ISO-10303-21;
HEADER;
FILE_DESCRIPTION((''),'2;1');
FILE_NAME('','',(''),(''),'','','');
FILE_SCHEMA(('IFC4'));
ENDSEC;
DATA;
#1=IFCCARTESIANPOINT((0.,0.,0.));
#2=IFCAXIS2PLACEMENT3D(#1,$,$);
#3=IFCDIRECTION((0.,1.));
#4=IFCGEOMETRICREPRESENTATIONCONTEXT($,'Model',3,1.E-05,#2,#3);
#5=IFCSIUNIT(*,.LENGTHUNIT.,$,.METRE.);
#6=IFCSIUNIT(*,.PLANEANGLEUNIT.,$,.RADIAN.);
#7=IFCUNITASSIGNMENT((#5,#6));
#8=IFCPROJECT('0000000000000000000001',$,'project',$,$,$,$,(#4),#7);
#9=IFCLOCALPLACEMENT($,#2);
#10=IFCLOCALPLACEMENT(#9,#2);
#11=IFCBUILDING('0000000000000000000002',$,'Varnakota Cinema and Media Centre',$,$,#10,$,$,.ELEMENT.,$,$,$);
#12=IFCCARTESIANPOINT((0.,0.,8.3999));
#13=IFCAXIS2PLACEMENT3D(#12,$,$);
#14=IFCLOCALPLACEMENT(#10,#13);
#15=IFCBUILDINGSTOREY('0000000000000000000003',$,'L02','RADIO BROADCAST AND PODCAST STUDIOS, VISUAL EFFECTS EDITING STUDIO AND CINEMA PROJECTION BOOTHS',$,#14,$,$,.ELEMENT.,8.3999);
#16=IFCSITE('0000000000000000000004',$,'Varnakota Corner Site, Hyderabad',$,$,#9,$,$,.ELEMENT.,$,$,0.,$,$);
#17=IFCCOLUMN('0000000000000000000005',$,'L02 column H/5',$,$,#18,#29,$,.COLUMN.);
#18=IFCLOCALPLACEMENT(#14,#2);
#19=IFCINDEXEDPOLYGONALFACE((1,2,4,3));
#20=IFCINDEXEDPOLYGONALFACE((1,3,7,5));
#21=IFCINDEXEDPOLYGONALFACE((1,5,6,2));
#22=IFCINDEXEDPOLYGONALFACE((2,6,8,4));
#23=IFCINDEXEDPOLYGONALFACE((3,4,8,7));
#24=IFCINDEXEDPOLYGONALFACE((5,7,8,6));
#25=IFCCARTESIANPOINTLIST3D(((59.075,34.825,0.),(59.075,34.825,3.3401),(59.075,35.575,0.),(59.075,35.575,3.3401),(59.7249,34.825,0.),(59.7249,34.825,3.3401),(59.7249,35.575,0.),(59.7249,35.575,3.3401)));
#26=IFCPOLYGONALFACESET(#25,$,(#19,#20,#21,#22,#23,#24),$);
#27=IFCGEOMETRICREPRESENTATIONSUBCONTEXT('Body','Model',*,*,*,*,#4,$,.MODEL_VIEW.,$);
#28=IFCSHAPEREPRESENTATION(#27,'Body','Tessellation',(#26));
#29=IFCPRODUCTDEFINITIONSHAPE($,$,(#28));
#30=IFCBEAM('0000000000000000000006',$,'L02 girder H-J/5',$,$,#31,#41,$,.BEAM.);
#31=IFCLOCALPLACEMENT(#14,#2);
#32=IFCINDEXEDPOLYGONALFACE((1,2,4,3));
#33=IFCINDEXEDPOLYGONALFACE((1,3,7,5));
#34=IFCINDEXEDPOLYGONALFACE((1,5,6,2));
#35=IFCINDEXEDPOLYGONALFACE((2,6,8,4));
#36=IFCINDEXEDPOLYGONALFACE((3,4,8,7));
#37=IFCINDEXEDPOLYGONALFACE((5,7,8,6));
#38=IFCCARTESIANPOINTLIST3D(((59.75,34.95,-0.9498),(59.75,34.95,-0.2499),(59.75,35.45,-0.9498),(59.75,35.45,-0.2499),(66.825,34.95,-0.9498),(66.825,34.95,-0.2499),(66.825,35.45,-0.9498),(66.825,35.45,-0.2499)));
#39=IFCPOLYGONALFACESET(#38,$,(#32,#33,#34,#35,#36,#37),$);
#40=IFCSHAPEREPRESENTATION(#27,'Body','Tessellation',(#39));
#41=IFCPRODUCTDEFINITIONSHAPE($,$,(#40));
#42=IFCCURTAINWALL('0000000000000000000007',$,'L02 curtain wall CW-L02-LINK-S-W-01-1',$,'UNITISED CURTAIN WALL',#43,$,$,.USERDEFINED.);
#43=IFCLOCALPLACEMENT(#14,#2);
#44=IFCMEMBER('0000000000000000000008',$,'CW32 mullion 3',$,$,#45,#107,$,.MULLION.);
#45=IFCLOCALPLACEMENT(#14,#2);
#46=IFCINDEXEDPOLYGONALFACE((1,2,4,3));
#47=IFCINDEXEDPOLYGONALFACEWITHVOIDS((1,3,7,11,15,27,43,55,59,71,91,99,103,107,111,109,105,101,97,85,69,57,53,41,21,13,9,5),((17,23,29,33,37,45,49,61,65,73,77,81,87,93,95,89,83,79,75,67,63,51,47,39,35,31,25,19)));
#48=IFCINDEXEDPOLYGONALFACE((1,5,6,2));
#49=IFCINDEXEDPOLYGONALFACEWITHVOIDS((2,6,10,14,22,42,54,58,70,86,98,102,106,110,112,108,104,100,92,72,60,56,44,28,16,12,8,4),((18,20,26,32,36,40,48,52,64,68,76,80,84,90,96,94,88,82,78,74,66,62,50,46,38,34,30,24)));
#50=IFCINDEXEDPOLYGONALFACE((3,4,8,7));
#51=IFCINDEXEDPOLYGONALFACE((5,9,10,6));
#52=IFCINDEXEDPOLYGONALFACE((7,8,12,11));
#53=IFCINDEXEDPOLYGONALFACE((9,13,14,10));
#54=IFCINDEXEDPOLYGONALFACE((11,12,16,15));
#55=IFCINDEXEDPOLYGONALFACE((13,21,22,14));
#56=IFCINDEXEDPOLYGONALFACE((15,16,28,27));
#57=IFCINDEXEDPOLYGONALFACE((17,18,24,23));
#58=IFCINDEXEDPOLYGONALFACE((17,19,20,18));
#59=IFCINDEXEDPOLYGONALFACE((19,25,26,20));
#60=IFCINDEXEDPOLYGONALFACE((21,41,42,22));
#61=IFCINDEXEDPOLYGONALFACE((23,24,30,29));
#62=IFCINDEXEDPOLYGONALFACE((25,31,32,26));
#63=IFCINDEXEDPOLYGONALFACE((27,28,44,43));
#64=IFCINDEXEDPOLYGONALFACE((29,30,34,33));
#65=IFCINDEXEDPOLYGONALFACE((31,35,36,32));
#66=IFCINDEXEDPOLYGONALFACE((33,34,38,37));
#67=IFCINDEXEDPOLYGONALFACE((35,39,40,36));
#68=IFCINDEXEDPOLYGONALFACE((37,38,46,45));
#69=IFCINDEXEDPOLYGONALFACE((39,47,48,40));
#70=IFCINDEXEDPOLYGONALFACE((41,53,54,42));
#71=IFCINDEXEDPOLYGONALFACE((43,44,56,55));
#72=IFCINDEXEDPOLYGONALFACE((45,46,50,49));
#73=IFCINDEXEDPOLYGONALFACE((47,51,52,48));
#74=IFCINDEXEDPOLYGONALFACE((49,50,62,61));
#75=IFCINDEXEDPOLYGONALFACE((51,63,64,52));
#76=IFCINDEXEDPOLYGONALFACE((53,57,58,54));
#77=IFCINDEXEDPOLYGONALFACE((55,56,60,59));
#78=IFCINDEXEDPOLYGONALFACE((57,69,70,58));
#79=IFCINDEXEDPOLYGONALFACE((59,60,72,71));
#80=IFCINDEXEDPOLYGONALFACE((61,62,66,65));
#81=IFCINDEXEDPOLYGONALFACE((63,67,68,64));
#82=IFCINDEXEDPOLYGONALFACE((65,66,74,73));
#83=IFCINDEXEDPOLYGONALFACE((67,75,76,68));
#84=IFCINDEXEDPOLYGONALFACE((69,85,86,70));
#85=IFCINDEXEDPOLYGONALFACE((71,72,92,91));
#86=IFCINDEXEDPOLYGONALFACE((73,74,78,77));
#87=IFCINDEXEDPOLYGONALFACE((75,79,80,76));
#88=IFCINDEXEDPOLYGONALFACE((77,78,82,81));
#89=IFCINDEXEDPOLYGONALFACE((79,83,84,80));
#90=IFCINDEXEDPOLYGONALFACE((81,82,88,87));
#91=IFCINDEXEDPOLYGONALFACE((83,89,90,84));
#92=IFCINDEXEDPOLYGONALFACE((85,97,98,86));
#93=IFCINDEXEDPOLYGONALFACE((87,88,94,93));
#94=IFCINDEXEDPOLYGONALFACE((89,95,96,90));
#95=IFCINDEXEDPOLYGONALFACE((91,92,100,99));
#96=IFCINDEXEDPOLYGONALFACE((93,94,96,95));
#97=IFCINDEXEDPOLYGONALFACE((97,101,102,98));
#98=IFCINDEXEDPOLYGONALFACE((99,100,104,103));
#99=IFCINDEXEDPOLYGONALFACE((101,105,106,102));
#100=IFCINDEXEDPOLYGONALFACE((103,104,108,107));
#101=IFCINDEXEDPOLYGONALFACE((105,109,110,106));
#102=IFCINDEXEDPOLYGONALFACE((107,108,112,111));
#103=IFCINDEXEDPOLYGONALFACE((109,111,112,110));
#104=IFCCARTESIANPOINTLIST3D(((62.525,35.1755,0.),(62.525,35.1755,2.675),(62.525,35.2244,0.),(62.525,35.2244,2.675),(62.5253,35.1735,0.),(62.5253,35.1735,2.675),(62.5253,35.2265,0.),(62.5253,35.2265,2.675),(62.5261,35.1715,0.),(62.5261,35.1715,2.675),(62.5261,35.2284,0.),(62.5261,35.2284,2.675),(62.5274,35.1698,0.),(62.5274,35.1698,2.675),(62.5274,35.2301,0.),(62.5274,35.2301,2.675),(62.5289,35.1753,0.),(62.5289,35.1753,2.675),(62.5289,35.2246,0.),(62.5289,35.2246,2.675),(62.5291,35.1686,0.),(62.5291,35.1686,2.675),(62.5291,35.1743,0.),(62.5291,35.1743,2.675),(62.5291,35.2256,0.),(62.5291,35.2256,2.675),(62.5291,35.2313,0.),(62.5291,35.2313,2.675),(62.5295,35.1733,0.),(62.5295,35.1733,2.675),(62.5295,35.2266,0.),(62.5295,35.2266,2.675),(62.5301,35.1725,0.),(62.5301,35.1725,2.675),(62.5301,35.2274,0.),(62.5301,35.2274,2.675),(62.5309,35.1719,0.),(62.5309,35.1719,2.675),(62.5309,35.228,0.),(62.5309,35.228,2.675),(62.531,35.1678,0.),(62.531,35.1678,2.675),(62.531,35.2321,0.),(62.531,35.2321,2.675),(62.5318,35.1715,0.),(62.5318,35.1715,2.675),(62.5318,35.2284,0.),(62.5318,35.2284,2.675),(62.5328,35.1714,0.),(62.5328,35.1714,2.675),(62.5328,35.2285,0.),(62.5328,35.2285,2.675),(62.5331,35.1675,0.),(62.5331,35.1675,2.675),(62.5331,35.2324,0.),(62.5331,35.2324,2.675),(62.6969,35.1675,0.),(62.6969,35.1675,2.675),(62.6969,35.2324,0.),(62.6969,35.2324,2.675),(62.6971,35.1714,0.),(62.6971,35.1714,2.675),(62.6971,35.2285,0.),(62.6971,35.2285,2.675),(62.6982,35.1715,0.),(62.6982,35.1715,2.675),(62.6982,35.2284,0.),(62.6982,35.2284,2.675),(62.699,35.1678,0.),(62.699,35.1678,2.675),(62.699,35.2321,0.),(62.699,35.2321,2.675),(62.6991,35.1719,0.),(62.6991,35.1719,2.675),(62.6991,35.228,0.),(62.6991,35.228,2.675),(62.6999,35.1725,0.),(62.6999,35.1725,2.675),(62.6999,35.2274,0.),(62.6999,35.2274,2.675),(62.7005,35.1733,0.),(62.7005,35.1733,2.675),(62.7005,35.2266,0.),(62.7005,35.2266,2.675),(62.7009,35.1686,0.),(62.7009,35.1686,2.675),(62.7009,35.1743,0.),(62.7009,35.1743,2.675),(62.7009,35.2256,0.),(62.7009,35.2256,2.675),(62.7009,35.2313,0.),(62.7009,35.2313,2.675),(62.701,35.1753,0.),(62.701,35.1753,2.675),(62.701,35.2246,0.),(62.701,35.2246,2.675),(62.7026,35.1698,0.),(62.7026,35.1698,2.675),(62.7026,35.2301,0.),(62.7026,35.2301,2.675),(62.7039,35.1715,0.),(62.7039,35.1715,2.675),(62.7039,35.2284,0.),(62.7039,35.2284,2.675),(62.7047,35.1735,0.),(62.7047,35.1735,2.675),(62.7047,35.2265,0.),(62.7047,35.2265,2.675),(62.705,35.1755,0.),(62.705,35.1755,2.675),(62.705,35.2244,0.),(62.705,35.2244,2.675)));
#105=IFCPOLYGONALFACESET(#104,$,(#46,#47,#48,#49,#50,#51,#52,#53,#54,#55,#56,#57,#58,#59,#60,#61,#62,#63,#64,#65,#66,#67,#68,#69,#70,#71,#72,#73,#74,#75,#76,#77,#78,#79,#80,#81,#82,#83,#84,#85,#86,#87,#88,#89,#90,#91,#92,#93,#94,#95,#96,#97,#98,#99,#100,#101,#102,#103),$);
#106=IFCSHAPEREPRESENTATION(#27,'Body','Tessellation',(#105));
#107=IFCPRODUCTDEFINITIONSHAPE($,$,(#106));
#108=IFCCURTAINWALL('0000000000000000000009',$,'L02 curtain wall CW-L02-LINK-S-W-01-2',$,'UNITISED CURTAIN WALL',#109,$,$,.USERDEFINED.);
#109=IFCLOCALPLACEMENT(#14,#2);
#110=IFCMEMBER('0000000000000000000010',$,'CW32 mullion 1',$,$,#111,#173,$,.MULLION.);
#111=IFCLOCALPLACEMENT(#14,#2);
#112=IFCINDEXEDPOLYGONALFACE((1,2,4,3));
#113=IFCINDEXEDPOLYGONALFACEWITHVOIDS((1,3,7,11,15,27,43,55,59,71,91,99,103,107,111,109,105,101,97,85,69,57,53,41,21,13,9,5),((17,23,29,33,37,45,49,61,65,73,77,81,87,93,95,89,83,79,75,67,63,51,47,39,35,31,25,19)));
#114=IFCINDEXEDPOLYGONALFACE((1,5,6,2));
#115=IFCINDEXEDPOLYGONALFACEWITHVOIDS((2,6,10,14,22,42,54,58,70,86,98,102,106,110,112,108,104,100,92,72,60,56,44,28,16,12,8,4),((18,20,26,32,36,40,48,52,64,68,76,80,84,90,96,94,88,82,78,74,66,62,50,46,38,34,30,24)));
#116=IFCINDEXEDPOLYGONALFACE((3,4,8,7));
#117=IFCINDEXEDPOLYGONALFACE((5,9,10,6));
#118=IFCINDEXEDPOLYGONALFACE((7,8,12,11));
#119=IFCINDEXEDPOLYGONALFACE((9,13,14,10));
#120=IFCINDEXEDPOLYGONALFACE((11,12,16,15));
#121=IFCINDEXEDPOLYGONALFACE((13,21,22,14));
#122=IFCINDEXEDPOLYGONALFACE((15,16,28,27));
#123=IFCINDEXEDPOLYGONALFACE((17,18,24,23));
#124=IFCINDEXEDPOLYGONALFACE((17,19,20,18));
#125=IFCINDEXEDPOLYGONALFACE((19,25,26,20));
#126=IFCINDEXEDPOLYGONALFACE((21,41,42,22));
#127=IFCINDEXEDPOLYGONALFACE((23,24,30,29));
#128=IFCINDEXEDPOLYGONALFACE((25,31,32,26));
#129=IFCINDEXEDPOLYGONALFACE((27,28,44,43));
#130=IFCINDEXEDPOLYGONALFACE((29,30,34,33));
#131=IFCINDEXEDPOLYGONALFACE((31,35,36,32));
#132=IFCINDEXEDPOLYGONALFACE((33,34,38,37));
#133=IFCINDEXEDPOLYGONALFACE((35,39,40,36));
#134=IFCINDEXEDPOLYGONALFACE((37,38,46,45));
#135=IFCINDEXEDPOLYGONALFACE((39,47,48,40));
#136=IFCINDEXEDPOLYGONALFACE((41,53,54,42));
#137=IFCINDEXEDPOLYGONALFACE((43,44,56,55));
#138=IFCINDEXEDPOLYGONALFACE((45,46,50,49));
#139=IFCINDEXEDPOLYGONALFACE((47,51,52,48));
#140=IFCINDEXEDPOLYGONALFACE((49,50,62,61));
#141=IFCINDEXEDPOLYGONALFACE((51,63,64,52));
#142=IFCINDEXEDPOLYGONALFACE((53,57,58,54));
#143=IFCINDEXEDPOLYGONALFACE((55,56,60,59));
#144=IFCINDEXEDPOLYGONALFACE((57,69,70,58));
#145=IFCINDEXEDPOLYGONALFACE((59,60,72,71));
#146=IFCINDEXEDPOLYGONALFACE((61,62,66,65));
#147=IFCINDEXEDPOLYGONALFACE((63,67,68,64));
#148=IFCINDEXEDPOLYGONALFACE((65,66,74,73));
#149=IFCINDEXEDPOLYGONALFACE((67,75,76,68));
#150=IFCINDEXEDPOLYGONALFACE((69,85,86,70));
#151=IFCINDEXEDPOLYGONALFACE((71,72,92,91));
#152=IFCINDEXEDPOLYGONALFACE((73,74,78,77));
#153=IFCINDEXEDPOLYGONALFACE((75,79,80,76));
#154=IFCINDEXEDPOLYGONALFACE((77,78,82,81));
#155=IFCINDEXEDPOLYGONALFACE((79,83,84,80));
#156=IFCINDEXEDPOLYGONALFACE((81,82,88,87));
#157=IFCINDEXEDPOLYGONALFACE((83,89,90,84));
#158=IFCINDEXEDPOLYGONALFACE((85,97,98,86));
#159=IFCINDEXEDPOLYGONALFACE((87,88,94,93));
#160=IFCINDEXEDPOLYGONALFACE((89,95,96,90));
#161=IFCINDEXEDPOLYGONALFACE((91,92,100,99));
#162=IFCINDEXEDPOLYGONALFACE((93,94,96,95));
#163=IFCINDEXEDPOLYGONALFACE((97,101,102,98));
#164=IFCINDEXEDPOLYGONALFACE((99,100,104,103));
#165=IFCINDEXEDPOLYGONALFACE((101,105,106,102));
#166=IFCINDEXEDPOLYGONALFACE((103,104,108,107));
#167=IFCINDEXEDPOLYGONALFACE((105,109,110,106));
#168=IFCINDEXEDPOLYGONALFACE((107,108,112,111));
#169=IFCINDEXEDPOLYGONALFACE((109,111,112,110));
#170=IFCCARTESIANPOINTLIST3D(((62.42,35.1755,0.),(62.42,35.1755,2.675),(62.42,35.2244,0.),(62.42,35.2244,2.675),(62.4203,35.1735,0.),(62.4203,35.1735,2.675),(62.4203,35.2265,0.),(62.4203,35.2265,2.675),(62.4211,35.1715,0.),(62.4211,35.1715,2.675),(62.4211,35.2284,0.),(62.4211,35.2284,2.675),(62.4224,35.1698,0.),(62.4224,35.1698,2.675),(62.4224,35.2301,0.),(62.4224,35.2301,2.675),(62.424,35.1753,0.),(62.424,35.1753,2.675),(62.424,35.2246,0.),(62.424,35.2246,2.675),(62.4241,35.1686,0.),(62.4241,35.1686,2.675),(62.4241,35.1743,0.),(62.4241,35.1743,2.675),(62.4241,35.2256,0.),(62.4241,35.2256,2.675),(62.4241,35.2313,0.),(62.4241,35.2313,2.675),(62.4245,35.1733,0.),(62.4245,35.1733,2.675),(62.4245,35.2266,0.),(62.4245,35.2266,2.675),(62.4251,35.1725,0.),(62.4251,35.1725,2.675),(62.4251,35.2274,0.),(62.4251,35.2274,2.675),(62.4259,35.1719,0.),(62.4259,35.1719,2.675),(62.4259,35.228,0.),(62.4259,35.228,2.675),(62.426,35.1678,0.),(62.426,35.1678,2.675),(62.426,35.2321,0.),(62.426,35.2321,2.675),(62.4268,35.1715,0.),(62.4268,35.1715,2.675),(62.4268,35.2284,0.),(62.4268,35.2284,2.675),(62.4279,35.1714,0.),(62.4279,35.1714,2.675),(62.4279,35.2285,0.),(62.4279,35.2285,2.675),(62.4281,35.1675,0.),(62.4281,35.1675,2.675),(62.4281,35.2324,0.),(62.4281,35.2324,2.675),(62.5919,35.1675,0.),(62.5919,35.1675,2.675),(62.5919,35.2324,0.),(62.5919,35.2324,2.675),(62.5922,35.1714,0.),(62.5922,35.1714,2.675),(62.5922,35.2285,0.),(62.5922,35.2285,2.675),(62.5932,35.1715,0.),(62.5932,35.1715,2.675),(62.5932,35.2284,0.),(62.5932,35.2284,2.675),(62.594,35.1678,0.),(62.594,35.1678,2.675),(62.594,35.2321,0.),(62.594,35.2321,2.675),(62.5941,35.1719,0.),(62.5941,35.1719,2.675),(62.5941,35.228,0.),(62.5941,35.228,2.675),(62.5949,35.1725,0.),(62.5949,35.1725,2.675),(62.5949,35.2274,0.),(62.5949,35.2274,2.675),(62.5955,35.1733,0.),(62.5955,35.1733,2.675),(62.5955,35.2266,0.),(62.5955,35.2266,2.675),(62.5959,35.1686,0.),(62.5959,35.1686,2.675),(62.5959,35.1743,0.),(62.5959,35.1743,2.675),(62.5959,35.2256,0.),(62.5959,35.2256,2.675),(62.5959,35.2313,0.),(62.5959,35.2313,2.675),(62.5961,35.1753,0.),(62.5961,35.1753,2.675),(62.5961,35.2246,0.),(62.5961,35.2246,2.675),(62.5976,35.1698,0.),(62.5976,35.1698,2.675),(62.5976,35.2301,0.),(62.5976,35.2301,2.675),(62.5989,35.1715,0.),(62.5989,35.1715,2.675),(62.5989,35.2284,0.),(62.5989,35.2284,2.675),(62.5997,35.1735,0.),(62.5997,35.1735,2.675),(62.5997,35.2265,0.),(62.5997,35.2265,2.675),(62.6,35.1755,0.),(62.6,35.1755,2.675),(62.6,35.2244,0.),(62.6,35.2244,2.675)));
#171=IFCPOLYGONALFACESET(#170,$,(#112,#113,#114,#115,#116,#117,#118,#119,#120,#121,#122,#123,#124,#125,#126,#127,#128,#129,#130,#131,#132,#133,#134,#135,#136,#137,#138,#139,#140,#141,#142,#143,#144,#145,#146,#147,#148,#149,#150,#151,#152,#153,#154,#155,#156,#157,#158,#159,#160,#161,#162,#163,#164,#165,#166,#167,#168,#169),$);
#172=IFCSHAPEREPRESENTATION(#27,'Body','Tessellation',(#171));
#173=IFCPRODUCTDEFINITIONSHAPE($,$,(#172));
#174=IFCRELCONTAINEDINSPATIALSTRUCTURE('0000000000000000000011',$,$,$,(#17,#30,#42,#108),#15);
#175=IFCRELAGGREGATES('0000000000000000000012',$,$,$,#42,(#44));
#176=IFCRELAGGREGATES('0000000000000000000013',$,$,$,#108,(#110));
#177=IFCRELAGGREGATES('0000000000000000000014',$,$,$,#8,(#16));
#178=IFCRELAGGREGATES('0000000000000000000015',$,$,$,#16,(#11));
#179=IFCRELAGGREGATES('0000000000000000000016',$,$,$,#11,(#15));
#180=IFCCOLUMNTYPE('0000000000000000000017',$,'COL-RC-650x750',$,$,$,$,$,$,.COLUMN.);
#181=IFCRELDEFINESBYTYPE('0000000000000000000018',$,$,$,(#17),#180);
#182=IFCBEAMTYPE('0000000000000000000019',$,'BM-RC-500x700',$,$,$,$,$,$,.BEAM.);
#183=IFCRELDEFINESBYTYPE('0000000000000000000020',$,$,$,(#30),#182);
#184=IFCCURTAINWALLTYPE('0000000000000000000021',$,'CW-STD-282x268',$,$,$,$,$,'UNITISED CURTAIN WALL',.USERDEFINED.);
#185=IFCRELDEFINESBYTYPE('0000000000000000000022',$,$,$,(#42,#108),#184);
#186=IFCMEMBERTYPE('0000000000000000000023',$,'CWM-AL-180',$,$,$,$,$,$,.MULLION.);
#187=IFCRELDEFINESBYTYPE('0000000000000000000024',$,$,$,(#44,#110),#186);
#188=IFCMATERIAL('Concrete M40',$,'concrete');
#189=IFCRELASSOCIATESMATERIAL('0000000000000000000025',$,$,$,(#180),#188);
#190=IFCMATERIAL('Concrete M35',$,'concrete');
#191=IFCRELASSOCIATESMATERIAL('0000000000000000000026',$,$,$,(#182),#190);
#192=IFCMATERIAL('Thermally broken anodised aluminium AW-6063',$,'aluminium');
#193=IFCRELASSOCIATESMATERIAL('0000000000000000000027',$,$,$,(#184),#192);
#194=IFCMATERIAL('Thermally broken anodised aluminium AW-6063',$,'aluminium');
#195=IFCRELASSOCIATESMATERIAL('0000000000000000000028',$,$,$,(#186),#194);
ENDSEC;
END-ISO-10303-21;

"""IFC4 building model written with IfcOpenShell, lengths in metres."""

from ifc_helpers import new_model, si_unit, direction, frame, origin, origin_2d, place, context, subcontext, project, spatial, rectangle, hollow_rectangle, extrude, material, material_profile, profile_set, type_object, element, aggregate, save


model = new_model("IFC4")

# Units and contexts
model_context = context("Model", 3, precision=1e-05, world=origin(), true_north=direction((0.0, 1.0)))
body_context = subcontext(model_context, "Body", "Model", "MODEL_VIEW")
ifc_project = project(units=[si_unit("LENGTHUNIT", "METRE"), si_unit("PLANEANGLEUNIT", "RADIAN")], contexts=[model_context])

# Site, building, storey
site_placement = place(None, origin())
site = spatial("IfcSite", under=ifc_project, at=site_placement, Name="Varnakota Corner Site, Hyderabad", CompositionType="ELEMENT", RefElevation=0.0)
building_placement = place(site_placement, origin())
building = spatial("IfcBuilding", under=site, at=building_placement, Name="Varnakota Cinema and Media Centre", CompositionType="ELEMENT")
storey_placement = place(building_placement, frame((0.0, 0.0, 8.3999)))
storey = spatial("IfcBuildingStorey", under=building, at=storey_placement, Name="L02", Description="RADIO BROADCAST AND PODCAST STUDIOS, VISUAL EFFECTS EDITING STUDIO AND CINEMA PROJECTION BOOTHS", CompositionType="ELEMENT", Elevation=8.3999)

# Column
ifc_material_1 = material(Name="Concrete M40", Category="concrete")
ifc_material_profile_1 = material_profile(ifc_material_1, rectangle(XDim=0.6499, YDim=0.75, at=origin_2d()), Name="RC 650x750")
ifc_profile_set_1 = profile_set([ifc_material_profile_1], Name="Concrete M40")
column_type = type_object("IfcColumnType", Name="COL-RC-650x750", PredefinedType="COLUMN", material=ifc_profile_set_1)
column_placement = place(storey_placement, frame((59.3999, 35.2, 0.0), z_axis=(0.0, 0.0, 1.0), x_axis=(1.0, 0.0, 0.0)))
element("IfcColumn", 1, at=column_placement, inside=storey, type_object=column_type, Name="L02 column H/5", PredefinedType="COLUMN", context=body_context, shape_type="SweptSolid", body=[
    extrude(rectangle(XDim=0.6499, YDim=0.75, at=origin_2d()), origin(), (0.0, 0.0, 1.0), 3.3401),
])

# Beam
ifc_material_2 = material(Name="Concrete M35", Category="concrete")
ifc_material_profile_2 = material_profile(ifc_material_2, rectangle(XDim=0.5, YDim=0.7, at=origin_2d()), Name="RCB 500x700")
ifc_profile_set_2 = profile_set([ifc_material_profile_2], Name="Concrete M35")
beam_type = type_object("IfcBeamType", Name="BM-RC-500x700", PredefinedType="BEAM", material=ifc_profile_set_2)
beam_placement = place(storey_placement, frame((59.75, 35.2, -0.5999), z_axis=(1.0, 0.0, 0.0), x_axis=(0.0, 1.0, 0.0)))
element("IfcBeam", 2, at=beam_placement, inside=storey, type_object=beam_type, Name="L02 girder H-J/5", PredefinedType="BEAM", context=body_context, shape_type="SweptSolid", body=[
    extrude(rectangle(XDim=0.5, YDim=0.7, at=origin_2d()), origin(), (0.0, 0.0, 1.0), 7.075),
])

# Curtain wall, member
ifc_material_3 = material(Name="Thermally broken anodised aluminium AW-6063", Category="aluminium")
curtain_wall_type_1 = type_object("IfcCurtainWallType", Name="CW-STD-282x268", ElementType="UNITISED CURTAIN WALL", PredefinedType="USERDEFINED", material=ifc_material_3)
curtain_wall_1_placement = place(storey_placement, origin())
curtain_wall_1 = element("IfcCurtainWall", 3, at=curtain_wall_1_placement, inside=storey, type_object=curtain_wall_type_1, Name="L02 curtain wall CW-L02-LINK-S-W-01-1", ObjectType="UNITISED CURTAIN WALL", PredefinedType="USERDEFINED")
ifc_material_4 = material(Name="Thermally broken anodised aluminium AW-6063", Category="aluminium")
ifc_material_profile_3 = material_profile(ifc_material_4, hollow_rectangle(XDim=0.0649, YDim=0.1799, WallThickness=0.0039, InnerFilletRadius=0.0039, OuterFilletRadius=0.0081, at=origin_2d()), Name="AL-MULLION 180x65x4")
ifc_profile_set_3 = profile_set([ifc_material_profile_3], Name="Thermally broken anodised aluminium AW-6063")
member_type_1 = type_object("IfcMemberType", Name="CWM-AL-180", PredefinedType="MULLION", material=ifc_profile_set_3)
member_1_placement = place(storey_placement, frame((62.615, 35.2, 0.0), z_axis=(0.0, 0.0, 1.0), x_axis=(0.0, -1.0, 0.0)))
member_1 = element("IfcMember", 4, at=member_1_placement, type_object=member_type_1, Name="CW32 mullion 3", PredefinedType="MULLION", context=body_context, shape_type="SweptSolid", body=[
    extrude(hollow_rectangle(XDim=0.0649, YDim=0.1799, WallThickness=0.0039, InnerFilletRadius=0.0039, OuterFilletRadius=0.0081, at=origin_2d()), origin(), (0.0, 0.0, 1.0), 2.675),
])

# Curtain wall, member
curtain_wall_2_placement = place(storey_placement, origin())
curtain_wall_2 = element("IfcCurtainWall", 5, at=curtain_wall_2_placement, inside=storey, type_object=curtain_wall_type_1, Name="L02 curtain wall CW-L02-LINK-S-W-01-2", ObjectType="UNITISED CURTAIN WALL", PredefinedType="USERDEFINED")
member_2_placement = place(storey_placement, frame((62.51, 35.2, 0.0), z_axis=(0.0, 0.0, 1.0), x_axis=(0.0, -1.0, 0.0)))
member_2 = element("IfcMember", 6, at=member_2_placement, type_object=member_type_1, Name="CW32 mullion 1", PredefinedType="MULLION", context=body_context, shape_type="SweptSolid", body=[
    extrude(hollow_rectangle(XDim=0.0649, YDim=0.1799, WallThickness=0.0039, InnerFilletRadius=0.0039, OuterFilletRadius=0.0081, at=origin_2d()), origin(), (0.0, 0.0, 1.0), 2.675),
])

aggregate(curtain_wall_1, [member_1])
aggregate(curtain_wall_2, [member_2])

save(model, "model.ifc")
